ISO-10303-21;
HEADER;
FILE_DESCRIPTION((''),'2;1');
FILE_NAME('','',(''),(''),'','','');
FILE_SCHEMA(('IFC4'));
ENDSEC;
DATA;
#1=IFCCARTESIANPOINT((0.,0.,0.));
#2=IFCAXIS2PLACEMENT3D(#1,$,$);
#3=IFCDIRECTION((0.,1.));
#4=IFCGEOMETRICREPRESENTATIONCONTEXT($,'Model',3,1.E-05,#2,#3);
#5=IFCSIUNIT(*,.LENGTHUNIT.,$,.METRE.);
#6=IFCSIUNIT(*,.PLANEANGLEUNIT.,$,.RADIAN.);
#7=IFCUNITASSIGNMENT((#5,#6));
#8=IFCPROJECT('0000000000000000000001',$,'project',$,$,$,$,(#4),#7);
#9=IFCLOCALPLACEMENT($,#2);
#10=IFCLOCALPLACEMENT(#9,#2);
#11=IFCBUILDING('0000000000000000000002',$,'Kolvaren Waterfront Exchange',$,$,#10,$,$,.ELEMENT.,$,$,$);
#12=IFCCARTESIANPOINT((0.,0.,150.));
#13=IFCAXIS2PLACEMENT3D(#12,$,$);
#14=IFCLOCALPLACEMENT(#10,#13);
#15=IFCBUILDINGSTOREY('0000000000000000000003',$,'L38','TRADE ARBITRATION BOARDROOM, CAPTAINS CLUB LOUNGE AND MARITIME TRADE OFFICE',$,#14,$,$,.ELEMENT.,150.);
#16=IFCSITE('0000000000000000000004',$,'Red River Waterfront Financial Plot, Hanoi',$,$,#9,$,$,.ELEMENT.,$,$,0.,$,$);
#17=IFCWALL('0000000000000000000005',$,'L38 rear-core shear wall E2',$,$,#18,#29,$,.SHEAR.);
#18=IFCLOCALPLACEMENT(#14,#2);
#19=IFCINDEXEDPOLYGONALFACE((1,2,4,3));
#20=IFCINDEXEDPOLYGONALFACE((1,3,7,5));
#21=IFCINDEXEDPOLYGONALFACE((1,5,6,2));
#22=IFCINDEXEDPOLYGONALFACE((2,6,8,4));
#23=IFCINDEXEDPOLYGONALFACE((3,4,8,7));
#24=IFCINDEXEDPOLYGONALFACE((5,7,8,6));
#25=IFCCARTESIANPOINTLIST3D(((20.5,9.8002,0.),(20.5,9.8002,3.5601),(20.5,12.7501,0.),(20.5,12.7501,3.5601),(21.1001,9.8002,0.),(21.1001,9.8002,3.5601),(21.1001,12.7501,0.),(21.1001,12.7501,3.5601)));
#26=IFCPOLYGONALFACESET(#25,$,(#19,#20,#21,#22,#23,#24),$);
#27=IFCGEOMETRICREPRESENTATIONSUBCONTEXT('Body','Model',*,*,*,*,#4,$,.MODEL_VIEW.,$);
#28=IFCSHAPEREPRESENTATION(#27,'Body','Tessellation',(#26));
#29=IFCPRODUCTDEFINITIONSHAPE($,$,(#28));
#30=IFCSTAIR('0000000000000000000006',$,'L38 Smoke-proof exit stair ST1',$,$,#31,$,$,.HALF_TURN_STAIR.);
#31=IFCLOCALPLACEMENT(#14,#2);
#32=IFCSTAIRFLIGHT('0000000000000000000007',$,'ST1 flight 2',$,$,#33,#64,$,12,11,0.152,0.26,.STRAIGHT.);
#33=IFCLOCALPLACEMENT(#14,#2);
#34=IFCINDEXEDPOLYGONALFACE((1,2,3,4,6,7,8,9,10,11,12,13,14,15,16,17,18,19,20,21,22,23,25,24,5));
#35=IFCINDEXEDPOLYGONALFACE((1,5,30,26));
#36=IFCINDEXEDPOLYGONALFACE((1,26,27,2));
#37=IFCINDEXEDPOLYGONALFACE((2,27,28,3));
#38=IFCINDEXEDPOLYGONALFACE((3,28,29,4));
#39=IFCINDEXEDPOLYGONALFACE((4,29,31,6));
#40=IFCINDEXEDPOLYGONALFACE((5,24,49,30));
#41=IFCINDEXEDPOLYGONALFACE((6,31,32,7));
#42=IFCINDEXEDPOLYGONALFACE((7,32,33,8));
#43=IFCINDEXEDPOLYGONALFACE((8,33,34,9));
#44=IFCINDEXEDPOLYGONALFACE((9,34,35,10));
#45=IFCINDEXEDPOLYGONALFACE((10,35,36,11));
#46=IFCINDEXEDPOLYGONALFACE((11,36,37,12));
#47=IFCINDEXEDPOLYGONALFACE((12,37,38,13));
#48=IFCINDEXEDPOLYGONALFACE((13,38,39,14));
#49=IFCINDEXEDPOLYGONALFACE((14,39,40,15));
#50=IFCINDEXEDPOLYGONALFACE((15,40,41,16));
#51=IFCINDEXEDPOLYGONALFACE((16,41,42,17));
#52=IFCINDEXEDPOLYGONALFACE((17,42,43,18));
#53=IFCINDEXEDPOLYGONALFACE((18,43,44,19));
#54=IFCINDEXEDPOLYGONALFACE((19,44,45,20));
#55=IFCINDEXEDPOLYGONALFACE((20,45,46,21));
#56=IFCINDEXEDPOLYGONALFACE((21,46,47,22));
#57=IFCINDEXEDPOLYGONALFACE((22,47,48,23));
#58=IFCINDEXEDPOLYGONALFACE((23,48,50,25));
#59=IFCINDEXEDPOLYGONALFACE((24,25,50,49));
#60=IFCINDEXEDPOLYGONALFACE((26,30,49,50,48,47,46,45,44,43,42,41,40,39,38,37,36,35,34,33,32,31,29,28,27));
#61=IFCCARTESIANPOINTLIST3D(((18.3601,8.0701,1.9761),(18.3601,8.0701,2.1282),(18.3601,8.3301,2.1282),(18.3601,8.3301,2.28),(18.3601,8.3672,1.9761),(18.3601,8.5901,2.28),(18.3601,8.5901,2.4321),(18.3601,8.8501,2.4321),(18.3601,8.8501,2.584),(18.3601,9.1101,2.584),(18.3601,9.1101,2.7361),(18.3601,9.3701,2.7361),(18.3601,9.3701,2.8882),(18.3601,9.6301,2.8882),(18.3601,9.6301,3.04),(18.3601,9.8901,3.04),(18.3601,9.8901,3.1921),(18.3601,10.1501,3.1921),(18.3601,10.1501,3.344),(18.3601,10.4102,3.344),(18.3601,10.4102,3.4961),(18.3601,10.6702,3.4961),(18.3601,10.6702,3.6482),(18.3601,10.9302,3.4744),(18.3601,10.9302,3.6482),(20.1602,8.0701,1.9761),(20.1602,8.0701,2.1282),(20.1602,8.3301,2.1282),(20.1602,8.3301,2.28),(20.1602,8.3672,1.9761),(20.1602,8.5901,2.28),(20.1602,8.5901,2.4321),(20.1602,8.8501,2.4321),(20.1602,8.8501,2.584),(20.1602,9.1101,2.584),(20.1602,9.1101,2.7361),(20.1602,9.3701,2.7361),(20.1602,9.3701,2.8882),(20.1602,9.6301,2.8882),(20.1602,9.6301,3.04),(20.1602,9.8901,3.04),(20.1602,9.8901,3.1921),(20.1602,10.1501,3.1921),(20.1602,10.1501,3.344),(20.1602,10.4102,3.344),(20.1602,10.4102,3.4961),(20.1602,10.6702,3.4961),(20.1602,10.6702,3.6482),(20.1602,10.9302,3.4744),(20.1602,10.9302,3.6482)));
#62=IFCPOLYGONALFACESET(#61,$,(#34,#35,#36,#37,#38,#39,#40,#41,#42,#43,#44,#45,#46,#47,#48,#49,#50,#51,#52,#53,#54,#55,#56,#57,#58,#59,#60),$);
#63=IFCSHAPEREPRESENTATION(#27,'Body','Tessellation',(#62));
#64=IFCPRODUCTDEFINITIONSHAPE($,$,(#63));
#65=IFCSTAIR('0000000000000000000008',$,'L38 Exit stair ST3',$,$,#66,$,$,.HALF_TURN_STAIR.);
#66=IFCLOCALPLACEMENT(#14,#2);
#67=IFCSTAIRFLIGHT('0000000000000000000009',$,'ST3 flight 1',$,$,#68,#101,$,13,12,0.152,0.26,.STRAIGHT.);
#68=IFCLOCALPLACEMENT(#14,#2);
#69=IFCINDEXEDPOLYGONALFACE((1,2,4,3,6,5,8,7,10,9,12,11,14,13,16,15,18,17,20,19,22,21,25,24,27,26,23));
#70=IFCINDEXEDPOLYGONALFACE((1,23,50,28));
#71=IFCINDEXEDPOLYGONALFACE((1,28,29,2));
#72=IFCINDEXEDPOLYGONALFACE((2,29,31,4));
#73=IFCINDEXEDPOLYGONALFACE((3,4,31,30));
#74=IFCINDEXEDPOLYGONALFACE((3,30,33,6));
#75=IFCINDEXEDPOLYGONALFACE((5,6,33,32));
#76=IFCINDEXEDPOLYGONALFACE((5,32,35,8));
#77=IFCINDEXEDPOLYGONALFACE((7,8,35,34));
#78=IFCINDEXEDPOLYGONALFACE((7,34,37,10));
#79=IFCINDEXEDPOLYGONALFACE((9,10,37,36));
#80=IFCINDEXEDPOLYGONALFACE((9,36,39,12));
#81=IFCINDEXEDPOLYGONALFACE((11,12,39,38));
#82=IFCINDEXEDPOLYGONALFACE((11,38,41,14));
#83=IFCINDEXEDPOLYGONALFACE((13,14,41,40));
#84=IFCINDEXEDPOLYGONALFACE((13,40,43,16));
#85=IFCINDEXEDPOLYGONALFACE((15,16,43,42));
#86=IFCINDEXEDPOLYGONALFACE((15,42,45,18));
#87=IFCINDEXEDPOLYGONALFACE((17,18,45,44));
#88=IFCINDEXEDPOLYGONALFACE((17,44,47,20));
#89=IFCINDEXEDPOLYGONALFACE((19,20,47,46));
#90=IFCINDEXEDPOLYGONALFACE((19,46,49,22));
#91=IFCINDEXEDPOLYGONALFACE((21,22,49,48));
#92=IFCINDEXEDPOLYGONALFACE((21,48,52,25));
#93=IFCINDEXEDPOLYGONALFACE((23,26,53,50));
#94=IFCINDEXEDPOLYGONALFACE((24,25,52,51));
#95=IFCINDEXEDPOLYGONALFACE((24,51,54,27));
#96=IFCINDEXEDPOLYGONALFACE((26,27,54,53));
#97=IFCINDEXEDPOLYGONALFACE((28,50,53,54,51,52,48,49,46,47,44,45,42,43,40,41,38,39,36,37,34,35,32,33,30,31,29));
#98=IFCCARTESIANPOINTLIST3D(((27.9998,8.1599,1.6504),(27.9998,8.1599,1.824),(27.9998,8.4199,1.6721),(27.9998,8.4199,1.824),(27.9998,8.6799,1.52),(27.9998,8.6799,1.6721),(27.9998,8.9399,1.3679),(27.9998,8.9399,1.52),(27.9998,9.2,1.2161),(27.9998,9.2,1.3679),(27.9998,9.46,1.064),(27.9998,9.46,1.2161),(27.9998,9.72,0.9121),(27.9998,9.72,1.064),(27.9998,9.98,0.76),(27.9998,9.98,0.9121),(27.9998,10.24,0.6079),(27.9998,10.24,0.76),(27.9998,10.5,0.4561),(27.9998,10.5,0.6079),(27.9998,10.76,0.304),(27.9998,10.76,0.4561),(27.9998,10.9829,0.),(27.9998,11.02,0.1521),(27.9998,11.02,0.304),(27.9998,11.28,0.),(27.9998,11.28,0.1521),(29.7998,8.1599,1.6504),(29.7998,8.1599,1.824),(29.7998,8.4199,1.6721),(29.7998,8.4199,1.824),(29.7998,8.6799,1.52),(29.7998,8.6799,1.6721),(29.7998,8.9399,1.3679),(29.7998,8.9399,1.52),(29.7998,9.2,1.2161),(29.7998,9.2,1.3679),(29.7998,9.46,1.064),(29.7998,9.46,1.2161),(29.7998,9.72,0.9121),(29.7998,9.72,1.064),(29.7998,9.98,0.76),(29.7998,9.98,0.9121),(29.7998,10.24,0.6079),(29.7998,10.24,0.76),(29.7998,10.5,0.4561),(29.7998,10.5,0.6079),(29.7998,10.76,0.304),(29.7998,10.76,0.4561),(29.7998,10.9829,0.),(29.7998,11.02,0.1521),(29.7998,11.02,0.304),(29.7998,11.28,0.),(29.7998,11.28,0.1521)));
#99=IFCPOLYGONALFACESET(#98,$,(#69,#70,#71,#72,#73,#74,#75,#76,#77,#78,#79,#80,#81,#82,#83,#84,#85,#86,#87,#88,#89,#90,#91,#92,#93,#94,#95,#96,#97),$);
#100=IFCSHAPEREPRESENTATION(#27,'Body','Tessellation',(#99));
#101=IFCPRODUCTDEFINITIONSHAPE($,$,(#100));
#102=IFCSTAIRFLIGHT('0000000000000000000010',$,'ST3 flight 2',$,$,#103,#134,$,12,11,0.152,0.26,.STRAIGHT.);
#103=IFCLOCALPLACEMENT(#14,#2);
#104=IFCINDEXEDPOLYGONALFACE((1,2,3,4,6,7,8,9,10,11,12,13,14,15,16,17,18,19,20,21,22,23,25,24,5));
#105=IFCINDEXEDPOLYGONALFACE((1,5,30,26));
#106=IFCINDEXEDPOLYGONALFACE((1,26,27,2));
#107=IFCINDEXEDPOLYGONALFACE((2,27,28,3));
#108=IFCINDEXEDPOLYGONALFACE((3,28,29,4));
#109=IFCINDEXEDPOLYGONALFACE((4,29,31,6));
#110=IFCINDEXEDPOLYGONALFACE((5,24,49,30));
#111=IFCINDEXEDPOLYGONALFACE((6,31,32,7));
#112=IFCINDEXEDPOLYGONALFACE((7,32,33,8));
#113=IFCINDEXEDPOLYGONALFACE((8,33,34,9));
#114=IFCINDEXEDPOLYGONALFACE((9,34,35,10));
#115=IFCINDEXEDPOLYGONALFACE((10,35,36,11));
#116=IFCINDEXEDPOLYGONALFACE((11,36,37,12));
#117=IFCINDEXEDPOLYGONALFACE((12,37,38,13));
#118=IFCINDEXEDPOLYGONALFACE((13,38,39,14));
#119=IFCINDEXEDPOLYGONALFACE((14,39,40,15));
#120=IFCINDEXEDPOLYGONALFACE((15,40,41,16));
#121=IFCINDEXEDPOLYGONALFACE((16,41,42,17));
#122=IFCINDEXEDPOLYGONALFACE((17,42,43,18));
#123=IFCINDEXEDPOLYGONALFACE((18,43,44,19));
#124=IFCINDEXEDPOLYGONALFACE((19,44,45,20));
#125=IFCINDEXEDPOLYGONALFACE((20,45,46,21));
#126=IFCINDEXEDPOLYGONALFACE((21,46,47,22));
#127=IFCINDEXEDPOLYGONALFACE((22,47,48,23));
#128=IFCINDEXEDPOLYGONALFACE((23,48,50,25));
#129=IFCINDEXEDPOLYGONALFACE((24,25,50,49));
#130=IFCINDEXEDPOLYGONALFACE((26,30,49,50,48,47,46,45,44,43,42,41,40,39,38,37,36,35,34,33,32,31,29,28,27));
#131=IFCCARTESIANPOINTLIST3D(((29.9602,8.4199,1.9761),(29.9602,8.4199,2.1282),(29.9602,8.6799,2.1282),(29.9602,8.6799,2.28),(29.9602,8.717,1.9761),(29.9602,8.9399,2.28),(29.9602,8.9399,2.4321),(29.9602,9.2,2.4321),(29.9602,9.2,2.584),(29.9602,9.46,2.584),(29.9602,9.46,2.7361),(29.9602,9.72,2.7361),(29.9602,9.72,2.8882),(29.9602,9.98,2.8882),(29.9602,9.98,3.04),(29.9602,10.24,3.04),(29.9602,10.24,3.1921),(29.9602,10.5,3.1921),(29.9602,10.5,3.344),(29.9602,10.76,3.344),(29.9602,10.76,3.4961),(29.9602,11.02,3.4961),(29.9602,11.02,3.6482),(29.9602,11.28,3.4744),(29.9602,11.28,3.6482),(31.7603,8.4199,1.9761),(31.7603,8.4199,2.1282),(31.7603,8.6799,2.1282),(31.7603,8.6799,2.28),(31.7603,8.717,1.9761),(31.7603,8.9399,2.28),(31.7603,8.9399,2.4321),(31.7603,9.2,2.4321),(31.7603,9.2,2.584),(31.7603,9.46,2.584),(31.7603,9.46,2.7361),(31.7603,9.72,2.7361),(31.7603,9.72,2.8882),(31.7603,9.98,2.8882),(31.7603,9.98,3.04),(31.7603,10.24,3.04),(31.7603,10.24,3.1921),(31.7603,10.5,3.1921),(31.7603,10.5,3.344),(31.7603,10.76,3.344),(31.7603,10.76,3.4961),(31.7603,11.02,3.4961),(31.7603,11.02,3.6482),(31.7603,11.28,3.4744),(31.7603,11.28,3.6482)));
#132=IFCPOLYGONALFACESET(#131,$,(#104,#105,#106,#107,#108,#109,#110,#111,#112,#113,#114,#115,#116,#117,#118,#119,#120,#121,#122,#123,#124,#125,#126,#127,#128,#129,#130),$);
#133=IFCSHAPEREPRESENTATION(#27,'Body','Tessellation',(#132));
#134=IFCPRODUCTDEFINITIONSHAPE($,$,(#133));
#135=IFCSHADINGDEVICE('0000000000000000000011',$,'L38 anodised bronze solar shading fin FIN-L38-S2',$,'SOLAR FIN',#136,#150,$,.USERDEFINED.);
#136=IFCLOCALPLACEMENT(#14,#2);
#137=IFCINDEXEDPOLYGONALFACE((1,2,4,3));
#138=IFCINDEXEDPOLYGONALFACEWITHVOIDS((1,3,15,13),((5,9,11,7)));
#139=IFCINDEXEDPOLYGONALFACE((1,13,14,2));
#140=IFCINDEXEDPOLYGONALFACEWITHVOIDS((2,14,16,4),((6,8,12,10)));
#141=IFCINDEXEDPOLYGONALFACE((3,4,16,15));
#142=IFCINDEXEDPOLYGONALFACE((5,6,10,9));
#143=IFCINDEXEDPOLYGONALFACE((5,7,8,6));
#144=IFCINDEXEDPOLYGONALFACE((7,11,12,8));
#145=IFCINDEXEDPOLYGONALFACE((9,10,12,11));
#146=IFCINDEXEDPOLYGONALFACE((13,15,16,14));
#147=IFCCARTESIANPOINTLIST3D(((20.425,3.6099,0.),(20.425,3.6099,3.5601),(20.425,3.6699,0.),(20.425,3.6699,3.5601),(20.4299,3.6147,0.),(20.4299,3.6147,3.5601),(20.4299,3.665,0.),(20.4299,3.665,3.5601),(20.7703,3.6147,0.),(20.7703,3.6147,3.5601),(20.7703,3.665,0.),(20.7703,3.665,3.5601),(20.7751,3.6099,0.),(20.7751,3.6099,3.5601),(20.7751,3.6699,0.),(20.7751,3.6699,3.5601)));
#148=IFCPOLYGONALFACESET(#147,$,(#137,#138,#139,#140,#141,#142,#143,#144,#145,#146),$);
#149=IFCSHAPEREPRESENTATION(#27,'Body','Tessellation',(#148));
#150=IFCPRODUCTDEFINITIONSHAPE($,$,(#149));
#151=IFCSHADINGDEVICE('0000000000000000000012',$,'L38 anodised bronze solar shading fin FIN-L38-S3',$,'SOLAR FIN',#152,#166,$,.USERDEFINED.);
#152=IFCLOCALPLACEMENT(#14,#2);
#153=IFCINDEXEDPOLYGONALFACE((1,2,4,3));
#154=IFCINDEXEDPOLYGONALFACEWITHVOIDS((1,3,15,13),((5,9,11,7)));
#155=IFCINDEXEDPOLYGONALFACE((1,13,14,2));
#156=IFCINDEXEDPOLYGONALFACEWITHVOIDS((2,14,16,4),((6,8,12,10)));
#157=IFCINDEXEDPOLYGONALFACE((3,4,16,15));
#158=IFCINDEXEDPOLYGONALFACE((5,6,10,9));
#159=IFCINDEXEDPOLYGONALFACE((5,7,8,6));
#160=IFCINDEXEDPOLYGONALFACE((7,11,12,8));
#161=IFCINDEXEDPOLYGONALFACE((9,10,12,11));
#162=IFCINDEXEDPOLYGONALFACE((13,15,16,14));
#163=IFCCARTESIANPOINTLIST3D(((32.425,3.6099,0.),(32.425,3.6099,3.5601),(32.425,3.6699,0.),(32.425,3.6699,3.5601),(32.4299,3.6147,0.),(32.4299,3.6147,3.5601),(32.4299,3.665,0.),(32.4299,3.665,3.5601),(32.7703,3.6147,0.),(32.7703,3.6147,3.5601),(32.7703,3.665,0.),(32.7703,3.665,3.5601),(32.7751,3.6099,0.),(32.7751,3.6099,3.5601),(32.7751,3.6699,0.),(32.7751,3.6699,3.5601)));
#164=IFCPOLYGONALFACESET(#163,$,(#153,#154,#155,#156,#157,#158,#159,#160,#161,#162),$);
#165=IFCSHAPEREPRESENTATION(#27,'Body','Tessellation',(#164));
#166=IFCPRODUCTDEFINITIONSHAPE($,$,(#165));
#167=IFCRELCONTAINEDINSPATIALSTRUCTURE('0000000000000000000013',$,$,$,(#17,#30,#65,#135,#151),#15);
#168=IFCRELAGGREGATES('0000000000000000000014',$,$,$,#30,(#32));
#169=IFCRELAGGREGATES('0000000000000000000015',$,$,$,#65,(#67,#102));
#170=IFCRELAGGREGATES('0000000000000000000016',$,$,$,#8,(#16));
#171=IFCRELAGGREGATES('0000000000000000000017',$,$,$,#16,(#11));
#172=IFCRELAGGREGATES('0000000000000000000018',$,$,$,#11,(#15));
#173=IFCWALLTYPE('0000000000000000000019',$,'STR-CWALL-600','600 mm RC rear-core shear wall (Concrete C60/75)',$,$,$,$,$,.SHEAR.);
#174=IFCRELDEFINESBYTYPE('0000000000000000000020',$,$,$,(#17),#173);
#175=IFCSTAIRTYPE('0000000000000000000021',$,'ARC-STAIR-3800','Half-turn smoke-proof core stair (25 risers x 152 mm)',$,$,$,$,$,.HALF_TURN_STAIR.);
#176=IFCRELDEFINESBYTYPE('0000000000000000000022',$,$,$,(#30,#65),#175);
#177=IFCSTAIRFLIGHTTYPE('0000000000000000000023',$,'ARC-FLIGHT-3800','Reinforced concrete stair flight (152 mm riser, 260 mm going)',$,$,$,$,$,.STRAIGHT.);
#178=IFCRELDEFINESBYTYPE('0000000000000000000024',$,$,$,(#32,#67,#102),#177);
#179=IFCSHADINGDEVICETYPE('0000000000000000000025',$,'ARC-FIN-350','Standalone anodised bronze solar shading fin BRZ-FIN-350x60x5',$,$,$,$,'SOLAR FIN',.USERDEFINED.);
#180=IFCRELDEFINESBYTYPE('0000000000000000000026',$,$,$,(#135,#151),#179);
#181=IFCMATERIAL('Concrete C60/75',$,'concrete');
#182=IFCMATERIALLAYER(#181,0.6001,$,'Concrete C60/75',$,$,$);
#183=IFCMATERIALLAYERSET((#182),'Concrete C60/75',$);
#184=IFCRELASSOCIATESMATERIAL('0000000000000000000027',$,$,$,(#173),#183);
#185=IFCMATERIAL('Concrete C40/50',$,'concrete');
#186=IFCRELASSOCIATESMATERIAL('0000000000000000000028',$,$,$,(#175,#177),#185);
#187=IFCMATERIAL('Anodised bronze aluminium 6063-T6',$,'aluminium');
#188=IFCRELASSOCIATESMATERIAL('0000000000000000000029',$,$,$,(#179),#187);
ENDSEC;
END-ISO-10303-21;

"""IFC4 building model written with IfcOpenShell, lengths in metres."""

from ifc_helpers import new_model, si_unit, direction, frame, frame_2d, origin, origin_2d, place, context, subcontext, project, spatial, polyline, rectangle, hollow_rectangle, outline, extrude, material, layer, layer_set, material_profile, profile_set, type_object, element, aggregate, save


model = new_model("IFC4")

# Units and contexts
model_context = context("Model", 3, precision=1e-05, world=origin(), true_north=direction((0.0, 1.0)))
body_context = subcontext(model_context, "Body", "Model", "MODEL_VIEW")
ifc_project = project(units=[si_unit("LENGTHUNIT", "METRE"), si_unit("PLANEANGLEUNIT", "RADIAN")], contexts=[model_context])

# Site, building, storey
site_placement = place(None, origin())
site = spatial("IfcSite", under=ifc_project, at=site_placement, Name="Red River Waterfront Financial Plot, Hanoi", CompositionType="ELEMENT", RefElevation=0.0)
building_placement = place(site_placement, origin())
building = spatial("IfcBuilding", under=site, at=building_placement, Name="Kolvaren Waterfront Exchange", CompositionType="ELEMENT")
storey_placement = place(building_placement, frame((0.0, 0.0, 150.0)))
storey = spatial("IfcBuildingStorey", under=building, at=storey_placement, Name="L38", Description="TRADE ARBITRATION BOARDROOM, CAPTAINS CLUB LOUNGE AND MARITIME TRADE OFFICE", CompositionType="ELEMENT", Elevation=150.0)

# Shared definitions
ifc_material_1 = material(Name="Concrete C60/75", Category="concrete")

# Shared definitions
ifc_material_2 = material(Name="Anodised bronze aluminium 6063-T6", Category="aluminium")

# Wall
ifc_material_3 = material(Name="Concrete C40/50", Category="concrete")
ifc_layer_1 = layer(ifc_material_1, 0.6001, Name="Concrete C60/75")
ifc_layer_set_1 = layer_set([ifc_layer_1], Name="Concrete C60/75")
wall_type_1 = type_object("IfcWallType", Name="STR-CWALL-600", Description="600 mm RC rear-core shear wall (Concrete C60/75)", PredefinedType="SHEAR", material=ifc_layer_set_1)
wall_1_placement = place(storey_placement, frame((20.8, 9.8, 0.0), z_axis=(0.0, 0.0, 1.0), x_axis=(0.0, 1.0, 0.0)))
element("IfcWall", 1, at=wall_1_placement, inside=storey, type_object=wall_type_1, Name="L38 rear-core shear wall E2", PredefinedType="SHEAR", context=body_context, shape_type="SweptSolid", body=[
    extrude(rectangle(XDim=2.95, YDim=0.6001, at=frame_2d((1.4751, 0.0))), origin(), (0.0, 0.0, 1.0), 3.5601),
])

# Stair, stair flight
stair_type = type_object("IfcStairType", Name="ARC-STAIR-3800", Description="Half-turn smoke-proof core stair (25 risers x 152 mm)", PredefinedType="HALF_TURN_STAIR", material=ifc_material_3)
stair_1_placement = place(storey_placement, origin())
stair_1 = element("IfcStair", 2, at=stair_1_placement, inside=storey, type_object=stair_type, Name="L38 Smoke-proof exit stair ST1", PredefinedType="HALF_TURN_STAIR")
stair_flight_type = type_object("IfcStairFlightType", Name="ARC-FLIGHT-3800", Description="Reinforced concrete stair flight (152 mm riser, 260 mm going)", PredefinedType="STRAIGHT", material=ifc_material_3)
stair_flight_1_placement = place(storey_placement, frame((19.26, 8.0701, 1.9761), z_axis=(0.0, 0.0, 1.0), x_axis=(0.0, 1.0, 0.0)))
stair_flight_1 = element("IfcStairFlight", 3, at=stair_flight_1_placement, type_object=stair_flight_type, Name="ST1 flight 2", NumberOfRisers=12, NumberOfTreads=11, PredefinedType="STRAIGHT", RiserHeight=0.152, TreadLength=0.26, context=body_context, shape_type="SweptSolid", body=[
    extrude(outline(polyline([(0.0, 0.0), (0.0, 0.1521), (0.26, 0.1521), (0.26, 0.304), (0.52, 0.304), (0.52, 0.4561), (0.78, 0.4561), (0.78, 0.6079), (1.04, 0.6079), (1.04, 0.76), (1.3, 0.76), (1.3, 0.9121), (1.5601, 0.9121), (1.5601, 1.064), (1.8201, 1.064), (1.8201, 1.2161), (2.0801, 1.2161), (2.0801, 1.3679), (2.3401, 1.3679), (2.3401, 1.52), (2.6001, 1.52), (2.6001, 1.6721), (2.8601, 1.6721), (2.8601, 1.824), (2.8601, 1.4983), (0.2971, 0.0), (0.0, 0.0)])), frame((0.0, 0.8999, 0.0), z_axis=(0.0, -1.0, 0.0), x_axis=(1.0, 0.0, 0.0)), (0.0, 0.0, 1.0), 1.8),
])
aggregate(stair_1, [stair_flight_1])

# Stair, stair flights
stair_2_placement = place(storey_placement, origin())
stair_2 = element("IfcStair", 4, at=stair_2_placement, inside=storey, type_object=stair_type, Name="L38 Exit stair ST3", PredefinedType="HALF_TURN_STAIR")
stair_flight_2_placement = place(storey_placement, frame((28.8999, 11.28, 0.0), z_axis=(0.0, 0.0, 1.0), x_axis=(0.0, -1.0, 0.0)))
stair_flight_2 = element("IfcStairFlight", 5, at=stair_flight_2_placement, type_object=stair_flight_type, Name="ST3 flight 1", NumberOfRisers=13, NumberOfTreads=12, PredefinedType="STRAIGHT", RiserHeight=0.152, TreadLength=0.26, context=body_context, shape_type="SweptSolid", body=[
    extrude(outline(polyline([(0.0, 0.0), (0.0, 0.1521), (0.26, 0.1521), (0.26, 0.304), (0.52, 0.304), (0.52, 0.4561), (0.78, 0.4561), (0.78, 0.6079), (1.04, 0.6079), (1.04, 0.76), (1.3, 0.76), (1.3, 0.9121), (1.5601, 0.9121), (1.5601, 1.064), (1.8201, 1.064), (1.8201, 1.2161), (2.0801, 1.2161), (2.0801, 1.3679), (2.3401, 1.3679), (2.3401, 1.52), (2.6001, 1.52), (2.6001, 1.6721), (2.8601, 1.6721), (2.8601, 1.824), (3.1201, 1.824), (3.1201, 1.9761), (3.1201, 1.6504), (0.2971, 0.0), (0.0, 0.0)])), frame((0.0, 0.8999, 0.0), z_axis=(0.0, -1.0, 0.0), x_axis=(1.0, 0.0, 0.0)), (0.0, 0.0, 1.0), 1.8),
])
stair_flight_3_placement = place(storey_placement, frame((30.8601, 8.4199, 1.9761), z_axis=(0.0, 0.0, 1.0), x_axis=(0.0, 1.0, 0.0)))
stair_flight_3 = element("IfcStairFlight", 6, at=stair_flight_3_placement, type_object=stair_flight_type, Name="ST3 flight 2", NumberOfRisers=12, NumberOfTreads=11, PredefinedType="STRAIGHT", RiserHeight=0.152, TreadLength=0.26, context=body_context, shape_type="SweptSolid", body=[
    extrude(outline(polyline([(0.0, 0.0), (0.0, 0.1521), (0.26, 0.1521), (0.26, 0.304), (0.52, 0.304), (0.52, 0.4561), (0.78, 0.4561), (0.78, 0.6079), (1.04, 0.6079), (1.04, 0.76), (1.3, 0.76), (1.3, 0.9121), (1.5601, 0.9121), (1.5601, 1.064), (1.8201, 1.064), (1.8201, 1.2161), (2.0801, 1.2161), (2.0801, 1.3679), (2.3401, 1.3679), (2.3401, 1.52), (2.6001, 1.52), (2.6001, 1.6721), (2.8601, 1.6721), (2.8601, 1.824), (2.8601, 1.4983), (0.2971, 0.0), (0.0, 0.0)])), frame((0.0, 0.8999, 0.0), z_axis=(0.0, -1.0, 0.0), x_axis=(1.0, 0.0, 0.0)), (0.0, 0.0, 1.0), 1.8),
])
aggregate(stair_2, [stair_flight_2, stair_flight_3])

# Shading devices
ifc_material_profile_1 = material_profile(ifc_material_2, hollow_rectangle(XDim=0.0601, YDim=0.3501, WallThickness=0.0049, at=origin_2d()), Name="BRZ-FIN-350x60x5")
ifc_profile_set_1 = profile_set([ifc_material_profile_1], Name="Anodised bronze aluminium 6063-T6")
shading_device_type = type_object("IfcShadingDeviceType", Name="ARC-FIN-350", Description="Standalone anodised bronze solar shading fin BRZ-FIN-350x60x5", ElementType="SOLAR FIN", PredefinedType="USERDEFINED", material=ifc_profile_set_1)
for number, where, z_axis, x_axis, name in (
    (7, (20.6001, 3.6399, 0.0), (0.0, 0.0, 1.0), (0.0, -1.0, 0.0), "L38 anodised bronze solar shading fin FIN-L38-S2"),
    (8, (32.6001, 3.6399, 0.0), (0.0, 0.0, 1.0), (0.0, -1.0, 0.0), "L38 anodised bronze solar shading fin FIN-L38-S3"),
):
    element("IfcShadingDevice", number, at=place(storey_placement, frame(where, z_axis=z_axis, x_axis=x_axis)), inside=storey, type_object=shading_device_type, Name=name, ObjectType="SOLAR FIN", PredefinedType="USERDEFINED", context=body_context, shape_type="SweptSolid", body=[
        extrude(hollow_rectangle(XDim=0.0601, YDim=0.3501, WallThickness=0.0049, at=origin_2d()), origin(), (0.0, 0.0, 1.0), 3.5601),
    ])

save(model, "model.ifc")
